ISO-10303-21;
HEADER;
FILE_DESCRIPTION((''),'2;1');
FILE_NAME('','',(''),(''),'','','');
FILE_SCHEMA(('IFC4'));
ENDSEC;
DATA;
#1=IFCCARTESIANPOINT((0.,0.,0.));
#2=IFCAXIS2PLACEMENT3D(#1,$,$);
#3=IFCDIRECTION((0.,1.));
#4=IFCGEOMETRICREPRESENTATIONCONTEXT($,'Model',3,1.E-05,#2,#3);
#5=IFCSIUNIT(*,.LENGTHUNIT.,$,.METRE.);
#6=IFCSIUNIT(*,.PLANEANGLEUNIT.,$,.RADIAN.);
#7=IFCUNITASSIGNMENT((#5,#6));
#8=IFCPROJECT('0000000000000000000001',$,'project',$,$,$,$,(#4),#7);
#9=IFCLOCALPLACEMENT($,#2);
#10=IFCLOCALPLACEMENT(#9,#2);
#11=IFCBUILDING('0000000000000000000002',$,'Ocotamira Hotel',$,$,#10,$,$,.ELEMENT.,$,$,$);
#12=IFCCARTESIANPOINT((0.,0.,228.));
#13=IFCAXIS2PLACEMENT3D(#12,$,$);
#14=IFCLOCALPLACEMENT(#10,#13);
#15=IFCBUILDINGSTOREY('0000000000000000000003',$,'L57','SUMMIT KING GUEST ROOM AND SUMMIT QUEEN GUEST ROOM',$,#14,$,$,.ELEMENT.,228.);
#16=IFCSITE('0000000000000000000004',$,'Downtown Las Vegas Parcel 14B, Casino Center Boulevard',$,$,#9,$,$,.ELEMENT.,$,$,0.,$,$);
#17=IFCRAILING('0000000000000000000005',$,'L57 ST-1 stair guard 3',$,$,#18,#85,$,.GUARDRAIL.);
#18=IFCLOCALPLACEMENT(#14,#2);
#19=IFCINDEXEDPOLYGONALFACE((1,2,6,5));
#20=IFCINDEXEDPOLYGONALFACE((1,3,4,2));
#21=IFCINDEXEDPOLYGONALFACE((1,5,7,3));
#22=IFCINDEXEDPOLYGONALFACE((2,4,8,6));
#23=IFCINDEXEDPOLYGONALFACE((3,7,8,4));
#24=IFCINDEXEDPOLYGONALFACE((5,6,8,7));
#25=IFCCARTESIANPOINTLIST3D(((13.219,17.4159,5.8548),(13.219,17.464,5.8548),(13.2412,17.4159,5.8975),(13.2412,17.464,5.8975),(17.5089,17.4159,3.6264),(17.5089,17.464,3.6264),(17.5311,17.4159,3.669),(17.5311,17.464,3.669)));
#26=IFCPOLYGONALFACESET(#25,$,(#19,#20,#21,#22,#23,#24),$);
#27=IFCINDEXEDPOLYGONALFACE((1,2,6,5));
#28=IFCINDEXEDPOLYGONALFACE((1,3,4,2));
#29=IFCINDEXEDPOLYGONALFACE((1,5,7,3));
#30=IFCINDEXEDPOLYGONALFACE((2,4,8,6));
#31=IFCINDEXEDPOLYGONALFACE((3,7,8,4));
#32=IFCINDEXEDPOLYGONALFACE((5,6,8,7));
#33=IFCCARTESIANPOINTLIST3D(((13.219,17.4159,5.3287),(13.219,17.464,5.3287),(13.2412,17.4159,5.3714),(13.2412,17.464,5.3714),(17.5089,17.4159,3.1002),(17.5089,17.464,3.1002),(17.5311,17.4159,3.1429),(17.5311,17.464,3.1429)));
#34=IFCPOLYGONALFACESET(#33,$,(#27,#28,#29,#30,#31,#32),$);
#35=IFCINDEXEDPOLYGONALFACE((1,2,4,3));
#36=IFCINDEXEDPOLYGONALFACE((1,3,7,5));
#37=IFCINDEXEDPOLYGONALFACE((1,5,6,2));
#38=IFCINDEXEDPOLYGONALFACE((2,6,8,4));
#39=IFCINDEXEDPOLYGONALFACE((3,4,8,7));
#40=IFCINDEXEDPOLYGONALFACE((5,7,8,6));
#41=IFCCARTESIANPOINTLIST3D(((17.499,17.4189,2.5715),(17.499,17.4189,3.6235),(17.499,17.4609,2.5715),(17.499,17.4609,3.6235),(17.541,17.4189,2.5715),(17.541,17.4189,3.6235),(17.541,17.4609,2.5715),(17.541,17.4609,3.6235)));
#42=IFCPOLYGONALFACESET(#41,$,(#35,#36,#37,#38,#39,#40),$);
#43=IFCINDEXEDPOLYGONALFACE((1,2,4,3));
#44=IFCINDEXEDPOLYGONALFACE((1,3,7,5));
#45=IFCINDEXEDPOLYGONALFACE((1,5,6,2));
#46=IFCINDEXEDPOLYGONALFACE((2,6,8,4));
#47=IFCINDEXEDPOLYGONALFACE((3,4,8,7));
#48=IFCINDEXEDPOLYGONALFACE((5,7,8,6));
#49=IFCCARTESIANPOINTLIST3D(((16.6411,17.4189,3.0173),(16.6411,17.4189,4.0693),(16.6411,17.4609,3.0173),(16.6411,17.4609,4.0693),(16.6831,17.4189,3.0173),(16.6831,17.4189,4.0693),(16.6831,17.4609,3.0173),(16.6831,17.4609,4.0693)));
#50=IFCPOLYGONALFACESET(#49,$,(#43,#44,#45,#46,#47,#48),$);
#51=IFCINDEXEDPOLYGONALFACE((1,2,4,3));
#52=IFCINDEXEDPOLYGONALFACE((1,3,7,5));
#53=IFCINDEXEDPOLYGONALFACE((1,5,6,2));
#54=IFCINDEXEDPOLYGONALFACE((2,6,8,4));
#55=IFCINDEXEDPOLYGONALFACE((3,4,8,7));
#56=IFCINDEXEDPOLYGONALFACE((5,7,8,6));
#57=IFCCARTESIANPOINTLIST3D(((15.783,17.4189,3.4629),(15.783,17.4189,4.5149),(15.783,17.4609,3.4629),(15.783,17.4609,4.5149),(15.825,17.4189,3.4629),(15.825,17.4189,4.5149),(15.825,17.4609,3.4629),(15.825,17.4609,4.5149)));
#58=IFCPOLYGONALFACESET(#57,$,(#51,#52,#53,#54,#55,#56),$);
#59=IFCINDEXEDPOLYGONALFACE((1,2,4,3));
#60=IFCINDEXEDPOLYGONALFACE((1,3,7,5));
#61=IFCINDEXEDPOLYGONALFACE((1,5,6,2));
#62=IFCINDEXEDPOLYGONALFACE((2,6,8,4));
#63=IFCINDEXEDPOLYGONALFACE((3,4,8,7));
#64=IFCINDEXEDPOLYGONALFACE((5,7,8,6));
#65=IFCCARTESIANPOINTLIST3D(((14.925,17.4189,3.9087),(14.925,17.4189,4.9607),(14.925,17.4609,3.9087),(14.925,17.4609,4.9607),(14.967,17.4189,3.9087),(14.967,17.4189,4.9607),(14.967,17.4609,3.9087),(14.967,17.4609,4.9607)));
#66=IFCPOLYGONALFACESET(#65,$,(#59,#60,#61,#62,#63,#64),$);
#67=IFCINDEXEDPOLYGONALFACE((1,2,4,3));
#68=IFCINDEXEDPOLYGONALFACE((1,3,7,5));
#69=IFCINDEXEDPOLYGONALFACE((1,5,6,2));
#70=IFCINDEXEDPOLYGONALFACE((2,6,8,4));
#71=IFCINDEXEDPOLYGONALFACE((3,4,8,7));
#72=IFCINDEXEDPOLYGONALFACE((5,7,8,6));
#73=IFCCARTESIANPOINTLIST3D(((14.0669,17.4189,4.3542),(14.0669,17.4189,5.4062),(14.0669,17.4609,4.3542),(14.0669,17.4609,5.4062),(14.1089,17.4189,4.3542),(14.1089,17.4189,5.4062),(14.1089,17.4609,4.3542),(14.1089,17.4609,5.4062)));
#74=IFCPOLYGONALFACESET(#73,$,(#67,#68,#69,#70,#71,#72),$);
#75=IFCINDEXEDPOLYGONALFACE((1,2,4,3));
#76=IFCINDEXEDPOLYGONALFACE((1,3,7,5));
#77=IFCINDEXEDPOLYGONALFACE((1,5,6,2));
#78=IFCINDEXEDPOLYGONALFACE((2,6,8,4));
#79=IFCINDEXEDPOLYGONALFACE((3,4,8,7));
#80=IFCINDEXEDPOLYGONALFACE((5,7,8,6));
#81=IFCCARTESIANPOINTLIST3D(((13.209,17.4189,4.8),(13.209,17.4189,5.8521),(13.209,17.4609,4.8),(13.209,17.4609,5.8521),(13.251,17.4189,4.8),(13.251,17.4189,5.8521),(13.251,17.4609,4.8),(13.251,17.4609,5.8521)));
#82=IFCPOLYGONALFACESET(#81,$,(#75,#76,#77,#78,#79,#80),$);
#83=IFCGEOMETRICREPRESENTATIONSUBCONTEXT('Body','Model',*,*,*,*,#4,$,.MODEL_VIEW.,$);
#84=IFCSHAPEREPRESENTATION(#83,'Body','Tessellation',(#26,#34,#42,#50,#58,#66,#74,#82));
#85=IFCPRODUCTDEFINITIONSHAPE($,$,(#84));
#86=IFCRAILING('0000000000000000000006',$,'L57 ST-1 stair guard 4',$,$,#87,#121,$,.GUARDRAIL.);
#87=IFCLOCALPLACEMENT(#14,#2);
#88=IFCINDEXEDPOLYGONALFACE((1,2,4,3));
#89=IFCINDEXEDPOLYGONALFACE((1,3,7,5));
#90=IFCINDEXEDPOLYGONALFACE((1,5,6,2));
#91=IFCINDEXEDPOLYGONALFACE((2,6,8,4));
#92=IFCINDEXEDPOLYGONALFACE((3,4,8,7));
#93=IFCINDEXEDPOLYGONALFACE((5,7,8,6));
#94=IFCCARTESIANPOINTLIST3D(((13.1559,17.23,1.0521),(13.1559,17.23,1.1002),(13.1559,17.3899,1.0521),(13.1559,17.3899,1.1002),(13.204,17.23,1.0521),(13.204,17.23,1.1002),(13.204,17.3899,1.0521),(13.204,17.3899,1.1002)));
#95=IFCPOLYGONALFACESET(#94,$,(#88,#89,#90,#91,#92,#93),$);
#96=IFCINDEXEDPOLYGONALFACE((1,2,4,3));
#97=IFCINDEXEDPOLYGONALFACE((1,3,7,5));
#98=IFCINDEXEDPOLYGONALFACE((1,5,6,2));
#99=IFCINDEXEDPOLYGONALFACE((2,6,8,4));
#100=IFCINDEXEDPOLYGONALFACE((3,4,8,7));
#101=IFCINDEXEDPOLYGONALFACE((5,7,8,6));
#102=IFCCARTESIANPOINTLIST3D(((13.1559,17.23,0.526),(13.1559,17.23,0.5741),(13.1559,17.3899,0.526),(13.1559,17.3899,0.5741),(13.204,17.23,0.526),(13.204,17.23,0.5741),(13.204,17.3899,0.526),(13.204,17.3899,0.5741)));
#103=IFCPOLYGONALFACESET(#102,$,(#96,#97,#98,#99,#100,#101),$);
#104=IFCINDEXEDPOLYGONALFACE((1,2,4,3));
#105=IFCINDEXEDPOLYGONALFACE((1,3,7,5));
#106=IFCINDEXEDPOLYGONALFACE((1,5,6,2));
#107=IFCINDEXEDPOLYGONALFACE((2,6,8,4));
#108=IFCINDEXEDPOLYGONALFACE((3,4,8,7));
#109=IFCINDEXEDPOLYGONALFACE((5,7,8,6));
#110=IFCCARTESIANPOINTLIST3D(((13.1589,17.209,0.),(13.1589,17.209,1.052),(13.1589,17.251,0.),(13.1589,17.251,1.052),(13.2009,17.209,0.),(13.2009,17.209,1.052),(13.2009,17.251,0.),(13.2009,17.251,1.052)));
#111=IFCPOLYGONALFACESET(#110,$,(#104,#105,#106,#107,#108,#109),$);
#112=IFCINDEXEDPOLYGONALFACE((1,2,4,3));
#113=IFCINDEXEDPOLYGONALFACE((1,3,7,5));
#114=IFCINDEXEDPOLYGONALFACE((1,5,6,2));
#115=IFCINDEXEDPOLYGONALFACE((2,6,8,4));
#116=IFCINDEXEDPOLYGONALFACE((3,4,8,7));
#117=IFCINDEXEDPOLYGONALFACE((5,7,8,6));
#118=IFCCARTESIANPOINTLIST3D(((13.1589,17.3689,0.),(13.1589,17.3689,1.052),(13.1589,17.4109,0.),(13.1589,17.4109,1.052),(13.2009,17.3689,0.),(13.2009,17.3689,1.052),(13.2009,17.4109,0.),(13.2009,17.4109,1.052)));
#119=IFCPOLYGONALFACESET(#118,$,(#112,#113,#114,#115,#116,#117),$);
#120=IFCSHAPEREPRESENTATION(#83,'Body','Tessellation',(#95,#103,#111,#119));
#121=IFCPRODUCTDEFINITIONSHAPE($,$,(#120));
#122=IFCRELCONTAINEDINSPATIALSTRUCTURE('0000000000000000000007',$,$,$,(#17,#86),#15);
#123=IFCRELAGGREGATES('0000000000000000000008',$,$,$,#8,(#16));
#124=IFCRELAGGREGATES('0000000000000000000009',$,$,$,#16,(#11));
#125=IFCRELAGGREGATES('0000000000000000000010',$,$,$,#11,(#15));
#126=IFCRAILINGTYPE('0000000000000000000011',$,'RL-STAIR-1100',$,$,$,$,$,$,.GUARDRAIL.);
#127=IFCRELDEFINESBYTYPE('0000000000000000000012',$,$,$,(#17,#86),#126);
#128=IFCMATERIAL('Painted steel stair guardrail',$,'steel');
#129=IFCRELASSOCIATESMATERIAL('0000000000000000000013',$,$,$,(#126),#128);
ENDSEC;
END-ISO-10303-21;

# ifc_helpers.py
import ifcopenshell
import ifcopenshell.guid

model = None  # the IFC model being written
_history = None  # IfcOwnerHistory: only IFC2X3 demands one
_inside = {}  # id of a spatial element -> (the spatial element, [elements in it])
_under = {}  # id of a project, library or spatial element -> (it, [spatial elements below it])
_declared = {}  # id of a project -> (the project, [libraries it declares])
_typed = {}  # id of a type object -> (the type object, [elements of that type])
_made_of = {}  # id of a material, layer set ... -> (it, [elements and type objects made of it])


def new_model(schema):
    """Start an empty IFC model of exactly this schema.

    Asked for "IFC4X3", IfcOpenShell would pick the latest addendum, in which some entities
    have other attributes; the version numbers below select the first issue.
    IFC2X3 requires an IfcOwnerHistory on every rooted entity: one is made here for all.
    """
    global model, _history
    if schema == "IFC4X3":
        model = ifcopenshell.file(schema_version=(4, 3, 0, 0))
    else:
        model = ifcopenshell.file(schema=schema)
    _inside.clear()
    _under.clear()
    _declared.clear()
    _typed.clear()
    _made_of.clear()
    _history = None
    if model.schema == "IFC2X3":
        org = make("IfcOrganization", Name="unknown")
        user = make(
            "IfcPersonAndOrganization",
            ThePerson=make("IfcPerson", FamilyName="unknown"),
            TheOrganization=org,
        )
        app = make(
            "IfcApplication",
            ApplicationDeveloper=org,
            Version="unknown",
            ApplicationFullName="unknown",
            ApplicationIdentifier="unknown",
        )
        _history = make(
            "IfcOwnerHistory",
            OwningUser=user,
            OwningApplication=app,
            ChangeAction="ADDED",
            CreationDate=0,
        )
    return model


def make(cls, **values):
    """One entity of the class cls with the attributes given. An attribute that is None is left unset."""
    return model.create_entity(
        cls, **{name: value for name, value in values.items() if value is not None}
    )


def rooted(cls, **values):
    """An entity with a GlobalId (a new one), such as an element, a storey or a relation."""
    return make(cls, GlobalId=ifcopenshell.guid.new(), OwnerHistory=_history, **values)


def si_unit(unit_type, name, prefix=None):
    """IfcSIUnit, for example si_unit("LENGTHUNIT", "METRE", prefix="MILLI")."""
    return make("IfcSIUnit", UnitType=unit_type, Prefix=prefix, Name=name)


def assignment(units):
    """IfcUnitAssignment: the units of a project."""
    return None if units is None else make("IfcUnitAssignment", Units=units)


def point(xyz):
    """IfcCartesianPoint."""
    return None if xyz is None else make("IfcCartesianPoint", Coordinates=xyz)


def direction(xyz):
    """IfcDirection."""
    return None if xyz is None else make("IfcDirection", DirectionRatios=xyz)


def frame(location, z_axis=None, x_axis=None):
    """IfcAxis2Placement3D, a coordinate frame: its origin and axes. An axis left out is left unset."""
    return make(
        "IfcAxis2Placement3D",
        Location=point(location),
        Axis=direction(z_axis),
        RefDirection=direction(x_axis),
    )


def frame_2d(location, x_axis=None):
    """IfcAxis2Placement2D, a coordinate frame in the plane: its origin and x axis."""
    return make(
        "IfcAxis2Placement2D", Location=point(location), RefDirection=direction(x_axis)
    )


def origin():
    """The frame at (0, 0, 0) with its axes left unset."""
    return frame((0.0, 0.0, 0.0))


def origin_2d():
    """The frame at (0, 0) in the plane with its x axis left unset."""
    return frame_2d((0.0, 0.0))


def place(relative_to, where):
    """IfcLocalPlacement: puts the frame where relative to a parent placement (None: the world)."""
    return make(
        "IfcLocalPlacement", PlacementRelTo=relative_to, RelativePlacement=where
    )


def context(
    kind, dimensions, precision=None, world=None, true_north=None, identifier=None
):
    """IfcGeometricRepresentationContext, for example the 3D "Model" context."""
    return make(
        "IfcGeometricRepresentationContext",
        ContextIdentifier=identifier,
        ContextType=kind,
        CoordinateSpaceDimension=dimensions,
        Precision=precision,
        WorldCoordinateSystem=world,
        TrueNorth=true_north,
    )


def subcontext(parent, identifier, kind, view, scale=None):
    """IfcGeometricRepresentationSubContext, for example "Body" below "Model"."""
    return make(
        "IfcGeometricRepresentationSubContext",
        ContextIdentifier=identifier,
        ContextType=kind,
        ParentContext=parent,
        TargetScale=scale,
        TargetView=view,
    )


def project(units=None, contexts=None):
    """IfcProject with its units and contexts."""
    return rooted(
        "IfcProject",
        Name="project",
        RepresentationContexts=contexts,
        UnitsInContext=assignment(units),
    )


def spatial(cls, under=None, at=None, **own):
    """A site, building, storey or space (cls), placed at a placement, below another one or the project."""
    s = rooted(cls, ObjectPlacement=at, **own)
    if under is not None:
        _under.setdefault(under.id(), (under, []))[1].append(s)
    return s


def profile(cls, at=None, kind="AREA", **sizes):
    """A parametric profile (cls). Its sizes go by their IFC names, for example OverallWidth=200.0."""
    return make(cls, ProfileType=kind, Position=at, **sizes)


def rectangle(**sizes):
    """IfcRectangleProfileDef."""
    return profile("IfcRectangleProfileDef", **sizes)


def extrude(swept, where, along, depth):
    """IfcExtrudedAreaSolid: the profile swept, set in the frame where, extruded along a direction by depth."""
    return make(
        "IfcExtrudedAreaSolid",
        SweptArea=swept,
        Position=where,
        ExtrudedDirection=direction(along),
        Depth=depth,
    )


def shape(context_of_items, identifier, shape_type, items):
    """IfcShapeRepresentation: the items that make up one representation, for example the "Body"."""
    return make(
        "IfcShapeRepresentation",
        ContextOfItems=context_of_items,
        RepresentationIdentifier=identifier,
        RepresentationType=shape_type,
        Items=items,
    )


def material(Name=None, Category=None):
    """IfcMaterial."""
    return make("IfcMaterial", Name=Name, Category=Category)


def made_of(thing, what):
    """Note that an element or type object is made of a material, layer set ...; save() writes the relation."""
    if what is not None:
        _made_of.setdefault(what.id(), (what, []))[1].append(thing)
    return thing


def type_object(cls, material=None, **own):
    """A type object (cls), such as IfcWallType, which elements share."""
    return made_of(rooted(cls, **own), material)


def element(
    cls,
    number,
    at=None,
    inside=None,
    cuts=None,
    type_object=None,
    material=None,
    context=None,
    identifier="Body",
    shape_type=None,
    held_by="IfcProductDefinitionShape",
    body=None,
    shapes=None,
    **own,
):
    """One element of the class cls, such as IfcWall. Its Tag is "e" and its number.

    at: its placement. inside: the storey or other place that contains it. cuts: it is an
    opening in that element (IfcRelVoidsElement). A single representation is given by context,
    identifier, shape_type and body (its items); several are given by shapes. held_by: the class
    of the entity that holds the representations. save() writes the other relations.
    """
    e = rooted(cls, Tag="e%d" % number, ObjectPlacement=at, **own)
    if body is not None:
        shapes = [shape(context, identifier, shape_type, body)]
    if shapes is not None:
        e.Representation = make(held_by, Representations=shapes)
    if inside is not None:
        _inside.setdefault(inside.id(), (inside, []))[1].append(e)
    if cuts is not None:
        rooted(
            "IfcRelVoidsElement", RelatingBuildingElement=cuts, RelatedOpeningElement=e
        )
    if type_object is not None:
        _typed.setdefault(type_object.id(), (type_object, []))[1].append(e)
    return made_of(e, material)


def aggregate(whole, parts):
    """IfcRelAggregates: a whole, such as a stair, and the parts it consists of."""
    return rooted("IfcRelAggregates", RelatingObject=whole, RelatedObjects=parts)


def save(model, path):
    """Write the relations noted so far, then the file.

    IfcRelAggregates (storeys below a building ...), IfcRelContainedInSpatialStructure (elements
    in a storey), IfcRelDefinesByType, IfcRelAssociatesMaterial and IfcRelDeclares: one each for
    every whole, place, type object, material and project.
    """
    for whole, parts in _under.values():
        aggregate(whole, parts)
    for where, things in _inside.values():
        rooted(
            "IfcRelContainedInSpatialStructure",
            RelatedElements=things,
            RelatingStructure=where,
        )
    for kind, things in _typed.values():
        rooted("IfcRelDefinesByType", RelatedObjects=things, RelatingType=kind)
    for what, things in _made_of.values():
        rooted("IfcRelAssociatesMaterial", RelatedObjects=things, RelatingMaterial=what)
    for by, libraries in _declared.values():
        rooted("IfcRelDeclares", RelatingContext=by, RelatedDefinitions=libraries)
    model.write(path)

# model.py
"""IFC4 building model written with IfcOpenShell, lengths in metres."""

from ifc_helpers import new_model, si_unit, direction, frame, origin, origin_2d, place, context, subcontext, project, spatial, rectangle, extrude, material, type_object, element, save


model = new_model("IFC4")

# Units and contexts
model_context = context("Model", 3, precision=1e-05, world=origin(), true_north=direction((0.0, 1.0)))
body_context = subcontext(model_context, "Body", "Model", "MODEL_VIEW")
ifc_project = project(units=[si_unit("LENGTHUNIT", "METRE"), si_unit("PLANEANGLEUNIT", "RADIAN")], contexts=[model_context])

# Site, building, storey
site_placement = place(None, origin())
site = spatial("IfcSite", under=ifc_project, at=site_placement, Name="Downtown Las Vegas Parcel 14B, Casino Center Boulevard", CompositionType="ELEMENT", RefElevation=0.0)
building_placement = place(site_placement, origin())
building = spatial("IfcBuilding", under=site, at=building_placement, Name="Ocotamira Hotel", CompositionType="ELEMENT")
storey_placement = place(building_placement, frame((0.0, 0.0, 228.0)))
storey = spatial("IfcBuildingStorey", under=building, at=storey_placement, Name="L57", Description="SUMMIT KING GUEST ROOM AND SUMMIT QUEEN GUEST ROOM", CompositionType="ELEMENT", Elevation=228.0)

# Railings
ifc_material_1 = material(Name="Painted steel stair guardrail", Category="steel")
railing_type_1 = type_object("IfcRailingType", Name="RL-STAIR-1100", PredefinedType="GUARDRAIL", material=ifc_material_1)
railing_1_placement = place(storey_placement, frame((17.52, 17.4399, 2.5715)))
element("IfcRailing", 1, at=railing_1_placement, inside=storey, type_object=railing_type_1, Name="L57 ST-1 stair guard 3", PredefinedType="GUARDRAIL", context=body_context, shape_type="SweptSolid", body=[
    extrude(rectangle(XDim=0.0481, YDim=0.0481, at=origin_2d()), frame((0.0, 0.0, 1.0762), z_axis=(-0.887412, 0.0, 0.460977), x_axis=(0.0, -1.0, 0.0)), (0.0, 0.0, 1.0), 4.8342),
    extrude(rectangle(XDim=0.0481, YDim=0.0481, at=origin_2d()), frame((0.0, 0.0, 0.55), z_axis=(-0.887412, 0.0, 0.460977), x_axis=(0.0, -1.0, 0.0)), (0.0, 0.0, 1.0), 4.8342),
    extrude(rectangle(XDim=0.042, YDim=0.042, at=origin_2d()), origin(), (0.0, 0.0, 1.0), 1.052),
    extrude(rectangle(XDim=0.042, YDim=0.042, at=origin_2d()), frame((-0.8579, 0.0, 0.4458)), (0.0, 0.0, 1.0), 1.052),
    extrude(rectangle(XDim=0.042, YDim=0.042, at=origin_2d()), frame((-1.7161, 0.0, 0.8914)), (0.0, 0.0, 1.0), 1.052),
    extrude(rectangle(XDim=0.042, YDim=0.042, at=origin_2d()), frame((-2.574, 0.0, 1.3372)), (0.0, 0.0, 1.0), 1.052),
    extrude(rectangle(XDim=0.042, YDim=0.042, at=origin_2d()), frame((-3.4321, 0.0, 1.7827)), (0.0, 0.0, 1.0), 1.052),
    extrude(rectangle(XDim=0.042, YDim=0.042, at=origin_2d()), frame((-4.29, 0.0, 2.2285)), (0.0, 0.0, 1.0), 1.052),
])
railing_2_placement = place(storey_placement, frame((13.1799, 17.23, 0.0)))
element("IfcRailing", 2, at=railing_2_placement, inside=storey, type_object=railing_type_1, Name="L57 ST-1 stair guard 4", PredefinedType="GUARDRAIL", context=body_context, shape_type="SweptSolid", body=[
    extrude(rectangle(XDim=0.0481, YDim=0.0481, at=origin_2d()), frame((0.0, 0.0, 1.0762), z_axis=(0.0, 1.0, 0.0), x_axis=(-1.0, 0.0, 0.0)), (0.0, 0.0, 1.0), 0.1599),
    extrude(rectangle(XDim=0.0481, YDim=0.0481, at=origin_2d()), frame((0.0, 0.0, 0.55), z_axis=(0.0, 1.0, 0.0), x_axis=(-1.0, 0.0, 0.0)), (0.0, 0.0, 1.0), 0.1599),
    extrude(rectangle(XDim=0.042, YDim=0.042, at=origin_2d()), origin(), (0.0, 0.0, 1.0), 1.052),
    extrude(rectangle(XDim=0.042, YDim=0.042, at=origin_2d()), frame((0.0, 0.1599, 0.0)), (0.0, 0.0, 1.0), 1.052),
])

save(model, "model.ifc")
